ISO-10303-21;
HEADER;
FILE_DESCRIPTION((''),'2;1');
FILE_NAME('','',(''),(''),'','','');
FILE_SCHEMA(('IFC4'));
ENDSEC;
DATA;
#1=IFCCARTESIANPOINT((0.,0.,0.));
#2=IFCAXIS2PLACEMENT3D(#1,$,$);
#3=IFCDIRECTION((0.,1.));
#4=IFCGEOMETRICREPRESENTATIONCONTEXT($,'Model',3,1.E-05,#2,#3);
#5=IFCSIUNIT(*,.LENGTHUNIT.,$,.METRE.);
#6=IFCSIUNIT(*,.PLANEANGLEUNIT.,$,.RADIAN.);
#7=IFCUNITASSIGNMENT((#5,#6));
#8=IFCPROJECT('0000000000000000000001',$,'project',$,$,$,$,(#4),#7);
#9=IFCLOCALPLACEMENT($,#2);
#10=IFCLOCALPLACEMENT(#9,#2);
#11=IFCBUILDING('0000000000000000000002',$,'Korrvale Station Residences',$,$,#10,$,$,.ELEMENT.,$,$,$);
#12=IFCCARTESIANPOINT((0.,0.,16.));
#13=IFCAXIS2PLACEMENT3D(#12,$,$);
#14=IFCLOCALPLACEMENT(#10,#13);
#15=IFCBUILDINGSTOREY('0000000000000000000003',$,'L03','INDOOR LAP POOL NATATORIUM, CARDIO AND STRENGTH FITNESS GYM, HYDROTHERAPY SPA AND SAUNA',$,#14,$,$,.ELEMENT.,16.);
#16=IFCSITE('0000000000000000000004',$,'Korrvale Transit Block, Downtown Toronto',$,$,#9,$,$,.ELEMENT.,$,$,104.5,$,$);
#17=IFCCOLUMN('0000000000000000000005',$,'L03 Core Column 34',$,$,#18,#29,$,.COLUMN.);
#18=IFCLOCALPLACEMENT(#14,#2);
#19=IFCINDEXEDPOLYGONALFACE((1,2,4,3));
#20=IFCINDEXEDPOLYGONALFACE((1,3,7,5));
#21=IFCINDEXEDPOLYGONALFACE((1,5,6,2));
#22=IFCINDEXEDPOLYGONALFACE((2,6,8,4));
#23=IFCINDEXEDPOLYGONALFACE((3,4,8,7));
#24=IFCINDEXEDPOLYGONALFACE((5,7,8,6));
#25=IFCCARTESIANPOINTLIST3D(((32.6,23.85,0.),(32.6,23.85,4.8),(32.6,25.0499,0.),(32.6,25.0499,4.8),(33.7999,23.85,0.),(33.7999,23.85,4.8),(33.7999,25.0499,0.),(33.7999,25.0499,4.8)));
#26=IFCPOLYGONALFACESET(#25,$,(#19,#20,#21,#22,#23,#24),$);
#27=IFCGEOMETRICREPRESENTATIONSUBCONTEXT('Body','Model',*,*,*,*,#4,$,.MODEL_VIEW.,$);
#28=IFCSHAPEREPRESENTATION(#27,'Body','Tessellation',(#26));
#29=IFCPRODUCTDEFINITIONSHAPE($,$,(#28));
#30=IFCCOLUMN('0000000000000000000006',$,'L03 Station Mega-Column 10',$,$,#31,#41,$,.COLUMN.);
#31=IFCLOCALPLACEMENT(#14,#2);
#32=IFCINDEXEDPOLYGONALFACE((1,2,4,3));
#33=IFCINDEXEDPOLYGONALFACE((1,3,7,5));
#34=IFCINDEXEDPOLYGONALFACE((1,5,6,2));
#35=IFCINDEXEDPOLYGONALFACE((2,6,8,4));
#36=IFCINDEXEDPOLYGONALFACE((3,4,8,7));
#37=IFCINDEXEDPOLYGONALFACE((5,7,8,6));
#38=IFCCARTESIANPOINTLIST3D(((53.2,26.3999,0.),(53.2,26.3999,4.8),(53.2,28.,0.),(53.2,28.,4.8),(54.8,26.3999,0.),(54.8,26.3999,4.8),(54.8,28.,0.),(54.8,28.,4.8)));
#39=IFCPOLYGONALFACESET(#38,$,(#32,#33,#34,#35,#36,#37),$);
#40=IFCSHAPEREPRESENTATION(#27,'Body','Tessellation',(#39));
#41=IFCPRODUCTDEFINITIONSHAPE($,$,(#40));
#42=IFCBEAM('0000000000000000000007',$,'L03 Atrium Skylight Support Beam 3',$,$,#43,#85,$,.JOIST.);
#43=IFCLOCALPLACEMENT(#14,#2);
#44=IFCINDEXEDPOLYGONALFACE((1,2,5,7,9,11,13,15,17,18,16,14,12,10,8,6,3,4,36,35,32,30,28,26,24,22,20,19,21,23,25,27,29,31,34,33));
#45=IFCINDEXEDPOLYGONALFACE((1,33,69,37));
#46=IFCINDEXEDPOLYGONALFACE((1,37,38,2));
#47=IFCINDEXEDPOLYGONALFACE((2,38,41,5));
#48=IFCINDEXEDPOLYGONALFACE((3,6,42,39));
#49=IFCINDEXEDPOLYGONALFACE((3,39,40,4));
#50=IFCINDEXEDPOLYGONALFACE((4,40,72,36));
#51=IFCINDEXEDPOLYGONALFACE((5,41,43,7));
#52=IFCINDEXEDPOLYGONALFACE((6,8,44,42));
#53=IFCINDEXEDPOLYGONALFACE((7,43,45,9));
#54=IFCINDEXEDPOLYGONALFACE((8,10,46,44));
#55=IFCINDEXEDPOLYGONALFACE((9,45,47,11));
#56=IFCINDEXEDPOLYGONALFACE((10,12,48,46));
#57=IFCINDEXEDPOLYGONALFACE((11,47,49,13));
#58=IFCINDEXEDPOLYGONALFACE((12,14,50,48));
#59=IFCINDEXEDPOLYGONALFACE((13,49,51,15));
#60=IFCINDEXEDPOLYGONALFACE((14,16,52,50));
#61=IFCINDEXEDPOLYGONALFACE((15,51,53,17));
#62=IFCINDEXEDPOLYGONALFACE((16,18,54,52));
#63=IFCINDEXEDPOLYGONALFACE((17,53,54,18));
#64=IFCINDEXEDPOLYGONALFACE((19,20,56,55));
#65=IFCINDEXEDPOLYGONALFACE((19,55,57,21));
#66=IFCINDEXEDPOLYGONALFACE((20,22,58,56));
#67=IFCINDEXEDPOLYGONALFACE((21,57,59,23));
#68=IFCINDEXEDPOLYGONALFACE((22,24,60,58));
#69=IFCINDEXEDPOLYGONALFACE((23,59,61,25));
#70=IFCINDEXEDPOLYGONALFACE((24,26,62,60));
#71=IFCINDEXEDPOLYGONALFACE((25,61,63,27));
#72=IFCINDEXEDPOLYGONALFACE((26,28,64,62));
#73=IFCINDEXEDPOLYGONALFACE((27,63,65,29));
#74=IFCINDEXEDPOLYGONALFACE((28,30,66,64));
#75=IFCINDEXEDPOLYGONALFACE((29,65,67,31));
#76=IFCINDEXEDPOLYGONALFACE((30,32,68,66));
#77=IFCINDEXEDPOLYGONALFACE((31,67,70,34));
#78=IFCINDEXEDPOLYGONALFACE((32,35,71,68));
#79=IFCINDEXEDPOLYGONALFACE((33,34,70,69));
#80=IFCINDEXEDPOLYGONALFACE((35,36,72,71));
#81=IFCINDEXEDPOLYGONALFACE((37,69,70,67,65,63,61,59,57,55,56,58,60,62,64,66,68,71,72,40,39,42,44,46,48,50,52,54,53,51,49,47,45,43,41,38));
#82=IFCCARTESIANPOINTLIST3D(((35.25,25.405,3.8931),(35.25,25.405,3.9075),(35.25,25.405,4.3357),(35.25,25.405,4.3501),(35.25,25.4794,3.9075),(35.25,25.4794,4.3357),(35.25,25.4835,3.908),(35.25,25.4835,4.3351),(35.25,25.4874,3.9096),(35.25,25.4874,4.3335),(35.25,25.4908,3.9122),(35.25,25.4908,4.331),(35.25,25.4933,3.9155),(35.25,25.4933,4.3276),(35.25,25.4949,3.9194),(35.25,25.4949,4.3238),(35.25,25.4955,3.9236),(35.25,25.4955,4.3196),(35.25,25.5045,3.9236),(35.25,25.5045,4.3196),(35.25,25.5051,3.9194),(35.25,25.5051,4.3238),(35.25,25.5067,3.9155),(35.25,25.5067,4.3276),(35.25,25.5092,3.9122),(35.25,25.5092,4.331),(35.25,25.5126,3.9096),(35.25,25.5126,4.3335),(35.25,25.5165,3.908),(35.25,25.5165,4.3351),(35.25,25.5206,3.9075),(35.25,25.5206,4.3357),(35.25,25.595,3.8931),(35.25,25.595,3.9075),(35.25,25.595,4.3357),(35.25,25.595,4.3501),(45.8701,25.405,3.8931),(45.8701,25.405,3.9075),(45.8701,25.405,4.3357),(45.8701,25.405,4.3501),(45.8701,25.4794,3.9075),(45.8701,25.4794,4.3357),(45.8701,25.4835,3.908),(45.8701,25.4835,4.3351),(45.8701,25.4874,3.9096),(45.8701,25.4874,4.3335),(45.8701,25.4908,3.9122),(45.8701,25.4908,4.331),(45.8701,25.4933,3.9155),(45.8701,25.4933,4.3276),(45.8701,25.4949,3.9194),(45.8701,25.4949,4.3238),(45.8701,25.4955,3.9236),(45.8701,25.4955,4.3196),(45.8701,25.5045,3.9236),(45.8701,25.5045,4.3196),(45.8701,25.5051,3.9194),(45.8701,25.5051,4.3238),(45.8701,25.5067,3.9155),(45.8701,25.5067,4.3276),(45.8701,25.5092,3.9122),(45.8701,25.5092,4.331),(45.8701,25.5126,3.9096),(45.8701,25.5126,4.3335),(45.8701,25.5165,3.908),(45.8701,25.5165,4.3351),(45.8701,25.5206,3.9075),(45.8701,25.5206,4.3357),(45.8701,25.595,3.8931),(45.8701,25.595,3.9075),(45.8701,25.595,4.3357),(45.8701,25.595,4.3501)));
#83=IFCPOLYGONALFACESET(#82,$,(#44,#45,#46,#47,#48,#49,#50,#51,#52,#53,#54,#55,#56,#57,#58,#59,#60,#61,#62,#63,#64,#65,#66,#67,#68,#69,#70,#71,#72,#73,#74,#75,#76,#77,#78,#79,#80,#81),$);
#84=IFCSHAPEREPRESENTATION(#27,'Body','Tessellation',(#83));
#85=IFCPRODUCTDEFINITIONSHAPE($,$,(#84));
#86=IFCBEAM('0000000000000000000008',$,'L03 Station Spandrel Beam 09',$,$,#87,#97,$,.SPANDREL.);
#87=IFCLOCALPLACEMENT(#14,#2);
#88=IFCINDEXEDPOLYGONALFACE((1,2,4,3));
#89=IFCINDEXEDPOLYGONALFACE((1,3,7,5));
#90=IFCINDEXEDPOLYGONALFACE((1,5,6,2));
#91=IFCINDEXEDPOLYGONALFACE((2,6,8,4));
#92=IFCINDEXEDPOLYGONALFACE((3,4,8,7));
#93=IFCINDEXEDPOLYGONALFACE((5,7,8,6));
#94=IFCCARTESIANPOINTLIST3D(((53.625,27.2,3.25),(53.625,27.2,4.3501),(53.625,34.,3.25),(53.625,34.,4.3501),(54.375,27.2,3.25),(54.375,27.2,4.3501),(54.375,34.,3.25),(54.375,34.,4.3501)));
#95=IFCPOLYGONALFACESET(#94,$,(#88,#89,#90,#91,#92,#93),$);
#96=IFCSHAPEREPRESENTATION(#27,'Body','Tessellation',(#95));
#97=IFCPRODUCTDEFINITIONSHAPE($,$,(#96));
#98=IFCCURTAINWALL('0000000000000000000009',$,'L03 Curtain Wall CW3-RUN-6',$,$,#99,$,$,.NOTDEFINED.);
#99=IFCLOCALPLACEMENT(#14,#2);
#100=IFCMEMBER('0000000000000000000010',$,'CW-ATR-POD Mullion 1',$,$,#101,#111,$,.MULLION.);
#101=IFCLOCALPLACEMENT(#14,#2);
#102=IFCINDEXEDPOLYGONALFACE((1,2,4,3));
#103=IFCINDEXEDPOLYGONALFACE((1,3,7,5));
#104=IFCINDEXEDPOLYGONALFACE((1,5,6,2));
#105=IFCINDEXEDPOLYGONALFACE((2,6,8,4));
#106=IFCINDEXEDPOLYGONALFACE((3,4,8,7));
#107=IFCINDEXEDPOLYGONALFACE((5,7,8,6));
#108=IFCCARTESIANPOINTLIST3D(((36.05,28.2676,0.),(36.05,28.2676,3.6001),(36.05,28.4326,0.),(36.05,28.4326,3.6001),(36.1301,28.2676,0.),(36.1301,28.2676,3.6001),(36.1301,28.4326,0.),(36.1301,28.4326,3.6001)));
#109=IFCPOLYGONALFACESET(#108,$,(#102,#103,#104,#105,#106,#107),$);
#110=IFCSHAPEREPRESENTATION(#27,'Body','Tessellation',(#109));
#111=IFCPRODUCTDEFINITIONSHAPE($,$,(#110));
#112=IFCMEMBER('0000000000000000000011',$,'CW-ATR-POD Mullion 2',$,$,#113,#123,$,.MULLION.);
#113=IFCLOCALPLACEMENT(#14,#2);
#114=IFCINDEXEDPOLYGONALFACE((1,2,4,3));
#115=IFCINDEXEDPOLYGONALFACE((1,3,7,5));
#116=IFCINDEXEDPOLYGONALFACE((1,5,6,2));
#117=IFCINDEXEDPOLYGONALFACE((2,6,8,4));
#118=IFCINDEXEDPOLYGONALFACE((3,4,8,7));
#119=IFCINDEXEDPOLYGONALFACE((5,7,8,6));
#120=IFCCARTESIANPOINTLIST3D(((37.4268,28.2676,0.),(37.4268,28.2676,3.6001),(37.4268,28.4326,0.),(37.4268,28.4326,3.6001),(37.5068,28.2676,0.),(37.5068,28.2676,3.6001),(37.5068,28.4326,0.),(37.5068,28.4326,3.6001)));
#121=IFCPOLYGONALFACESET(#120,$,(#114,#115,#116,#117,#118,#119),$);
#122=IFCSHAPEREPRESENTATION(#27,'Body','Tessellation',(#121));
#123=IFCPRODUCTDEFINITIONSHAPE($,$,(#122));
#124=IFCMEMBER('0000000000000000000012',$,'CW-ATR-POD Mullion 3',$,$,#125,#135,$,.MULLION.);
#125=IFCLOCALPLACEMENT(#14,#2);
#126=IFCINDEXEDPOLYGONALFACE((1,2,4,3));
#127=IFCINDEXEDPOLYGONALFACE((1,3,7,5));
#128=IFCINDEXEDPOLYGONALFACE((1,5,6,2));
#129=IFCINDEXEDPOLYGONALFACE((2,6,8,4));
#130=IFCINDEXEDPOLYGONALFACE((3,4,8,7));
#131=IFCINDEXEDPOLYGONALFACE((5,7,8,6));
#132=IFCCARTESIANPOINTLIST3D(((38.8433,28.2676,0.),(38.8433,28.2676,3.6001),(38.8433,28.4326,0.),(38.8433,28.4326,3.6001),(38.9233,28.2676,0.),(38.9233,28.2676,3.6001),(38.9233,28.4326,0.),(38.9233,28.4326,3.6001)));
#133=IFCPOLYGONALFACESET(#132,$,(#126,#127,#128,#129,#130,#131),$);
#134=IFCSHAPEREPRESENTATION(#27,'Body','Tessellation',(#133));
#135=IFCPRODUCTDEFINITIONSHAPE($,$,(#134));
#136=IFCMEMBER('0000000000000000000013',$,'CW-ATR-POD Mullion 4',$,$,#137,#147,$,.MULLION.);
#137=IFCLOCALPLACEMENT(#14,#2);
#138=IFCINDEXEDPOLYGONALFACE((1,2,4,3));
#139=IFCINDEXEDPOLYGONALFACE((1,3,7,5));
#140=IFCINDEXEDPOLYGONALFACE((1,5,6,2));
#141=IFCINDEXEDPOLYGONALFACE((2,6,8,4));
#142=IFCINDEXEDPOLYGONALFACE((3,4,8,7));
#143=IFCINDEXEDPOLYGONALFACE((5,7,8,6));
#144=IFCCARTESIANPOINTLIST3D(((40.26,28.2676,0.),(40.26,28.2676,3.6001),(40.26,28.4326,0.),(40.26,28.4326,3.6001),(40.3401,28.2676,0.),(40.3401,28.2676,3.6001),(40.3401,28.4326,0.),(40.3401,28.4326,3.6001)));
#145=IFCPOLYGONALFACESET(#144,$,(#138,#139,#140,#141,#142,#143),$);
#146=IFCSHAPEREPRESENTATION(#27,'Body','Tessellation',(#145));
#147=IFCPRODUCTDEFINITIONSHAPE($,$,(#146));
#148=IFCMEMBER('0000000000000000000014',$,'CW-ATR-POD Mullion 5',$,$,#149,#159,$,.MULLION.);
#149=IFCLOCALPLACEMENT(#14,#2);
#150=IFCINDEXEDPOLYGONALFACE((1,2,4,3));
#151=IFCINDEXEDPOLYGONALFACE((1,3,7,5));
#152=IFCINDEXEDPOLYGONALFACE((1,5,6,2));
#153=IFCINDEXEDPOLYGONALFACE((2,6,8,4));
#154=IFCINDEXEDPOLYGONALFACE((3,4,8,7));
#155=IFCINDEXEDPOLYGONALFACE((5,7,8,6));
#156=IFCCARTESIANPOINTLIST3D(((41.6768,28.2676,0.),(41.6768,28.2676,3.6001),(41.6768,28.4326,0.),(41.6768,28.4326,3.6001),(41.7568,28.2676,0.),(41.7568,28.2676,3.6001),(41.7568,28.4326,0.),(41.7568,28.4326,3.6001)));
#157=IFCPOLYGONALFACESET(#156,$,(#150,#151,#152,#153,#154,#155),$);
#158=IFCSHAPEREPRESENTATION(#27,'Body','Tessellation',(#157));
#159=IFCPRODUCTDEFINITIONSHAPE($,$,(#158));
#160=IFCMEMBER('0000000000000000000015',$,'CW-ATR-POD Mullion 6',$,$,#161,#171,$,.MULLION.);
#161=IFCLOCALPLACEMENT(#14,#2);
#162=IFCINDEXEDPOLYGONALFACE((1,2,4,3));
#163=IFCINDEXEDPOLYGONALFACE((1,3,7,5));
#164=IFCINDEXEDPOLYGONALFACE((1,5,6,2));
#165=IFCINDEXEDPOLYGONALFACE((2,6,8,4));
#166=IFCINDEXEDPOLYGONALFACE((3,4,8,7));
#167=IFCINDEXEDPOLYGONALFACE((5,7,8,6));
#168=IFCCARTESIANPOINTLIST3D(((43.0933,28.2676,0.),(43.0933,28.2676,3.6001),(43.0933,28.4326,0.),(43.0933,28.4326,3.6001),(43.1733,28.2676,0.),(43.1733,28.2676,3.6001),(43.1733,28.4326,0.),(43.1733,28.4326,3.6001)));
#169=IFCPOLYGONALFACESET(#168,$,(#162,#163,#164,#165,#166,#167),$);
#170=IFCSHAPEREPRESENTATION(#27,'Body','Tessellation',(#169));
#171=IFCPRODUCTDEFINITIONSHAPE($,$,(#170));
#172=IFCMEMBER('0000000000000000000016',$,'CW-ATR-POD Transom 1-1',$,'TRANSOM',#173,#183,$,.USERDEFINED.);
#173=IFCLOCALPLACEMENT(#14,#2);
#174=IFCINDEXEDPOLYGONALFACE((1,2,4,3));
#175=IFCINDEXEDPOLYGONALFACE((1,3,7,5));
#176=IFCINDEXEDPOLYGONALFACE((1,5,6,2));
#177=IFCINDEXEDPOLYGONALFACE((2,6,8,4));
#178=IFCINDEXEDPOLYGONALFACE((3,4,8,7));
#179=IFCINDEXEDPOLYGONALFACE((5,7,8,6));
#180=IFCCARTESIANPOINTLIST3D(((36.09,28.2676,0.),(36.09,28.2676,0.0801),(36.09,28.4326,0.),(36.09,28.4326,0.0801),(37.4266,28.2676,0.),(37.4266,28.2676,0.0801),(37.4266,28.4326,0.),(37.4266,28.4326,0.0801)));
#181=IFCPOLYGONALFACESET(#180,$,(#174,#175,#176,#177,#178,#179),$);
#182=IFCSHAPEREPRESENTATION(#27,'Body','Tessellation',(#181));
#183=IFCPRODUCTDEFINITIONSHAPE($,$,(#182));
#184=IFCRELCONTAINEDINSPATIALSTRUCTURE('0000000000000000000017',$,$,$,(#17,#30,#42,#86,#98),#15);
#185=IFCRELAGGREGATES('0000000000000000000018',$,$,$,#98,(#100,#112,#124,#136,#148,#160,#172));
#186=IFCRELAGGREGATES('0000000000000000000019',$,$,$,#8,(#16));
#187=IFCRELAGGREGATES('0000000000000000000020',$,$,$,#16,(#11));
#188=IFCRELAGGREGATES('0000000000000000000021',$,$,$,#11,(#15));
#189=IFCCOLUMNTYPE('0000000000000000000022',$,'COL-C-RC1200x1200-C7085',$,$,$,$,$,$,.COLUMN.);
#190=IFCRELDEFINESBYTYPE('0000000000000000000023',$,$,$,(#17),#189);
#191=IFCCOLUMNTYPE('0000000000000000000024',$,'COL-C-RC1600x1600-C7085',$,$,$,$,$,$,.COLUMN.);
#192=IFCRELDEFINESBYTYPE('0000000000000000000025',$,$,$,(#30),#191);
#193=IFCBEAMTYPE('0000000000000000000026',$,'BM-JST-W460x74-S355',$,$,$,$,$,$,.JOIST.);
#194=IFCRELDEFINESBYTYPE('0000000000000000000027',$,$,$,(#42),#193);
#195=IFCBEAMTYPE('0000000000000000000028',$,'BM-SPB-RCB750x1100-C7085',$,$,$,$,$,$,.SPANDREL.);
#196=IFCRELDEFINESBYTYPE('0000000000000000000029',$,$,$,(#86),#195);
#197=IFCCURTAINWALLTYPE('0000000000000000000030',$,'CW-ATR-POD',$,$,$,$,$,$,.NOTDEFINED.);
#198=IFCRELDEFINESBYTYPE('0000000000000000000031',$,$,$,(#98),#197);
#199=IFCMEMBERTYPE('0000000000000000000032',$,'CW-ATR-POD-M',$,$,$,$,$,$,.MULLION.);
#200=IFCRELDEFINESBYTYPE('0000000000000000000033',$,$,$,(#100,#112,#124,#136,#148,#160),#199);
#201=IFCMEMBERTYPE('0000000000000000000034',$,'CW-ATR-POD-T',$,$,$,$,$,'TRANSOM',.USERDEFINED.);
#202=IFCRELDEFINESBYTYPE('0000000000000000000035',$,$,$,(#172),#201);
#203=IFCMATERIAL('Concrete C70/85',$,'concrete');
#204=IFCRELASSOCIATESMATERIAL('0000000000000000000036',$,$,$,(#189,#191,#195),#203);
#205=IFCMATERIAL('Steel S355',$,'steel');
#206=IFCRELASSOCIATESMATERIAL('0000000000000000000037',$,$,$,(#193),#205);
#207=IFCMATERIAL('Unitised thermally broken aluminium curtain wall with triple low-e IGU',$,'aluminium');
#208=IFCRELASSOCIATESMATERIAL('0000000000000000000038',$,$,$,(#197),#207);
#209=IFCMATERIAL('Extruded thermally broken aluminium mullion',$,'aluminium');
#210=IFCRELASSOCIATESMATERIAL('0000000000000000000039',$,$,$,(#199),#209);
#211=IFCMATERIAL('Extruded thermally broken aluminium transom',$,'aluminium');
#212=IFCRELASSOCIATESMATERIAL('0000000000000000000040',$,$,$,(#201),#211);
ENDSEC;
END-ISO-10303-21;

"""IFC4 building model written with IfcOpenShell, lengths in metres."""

from ifc_helpers import new_model, si_unit, direction, frame, origin, origin_2d, place, context, subcontext, project, spatial, rectangle, i_section, extrude, material, material_profile, profile_set, type_object, element, aggregate, save


model = new_model("IFC4")

# Units and contexts
model_context = context("Model", 3, precision=1e-05, world=origin(), true_north=direction((0.0, 1.0)))
body_context = subcontext(model_context, "Body", "Model", "MODEL_VIEW")
ifc_project = project(units=[si_unit("LENGTHUNIT", "METRE"), si_unit("PLANEANGLEUNIT", "RADIAN")], contexts=[model_context])

# Site, building, storey
site_placement = place(None, origin())
site = spatial("IfcSite", under=ifc_project, at=site_placement, Name="Korrvale Transit Block, Downtown Toronto", CompositionType="ELEMENT", RefElevation=104.5)
building_placement = place(site_placement, origin())
building = spatial("IfcBuilding", under=site, at=building_placement, Name="Korrvale Station Residences", CompositionType="ELEMENT")
storey_placement = place(building_placement, frame((0.0, 0.0, 16.0)))
storey = spatial("IfcBuildingStorey", under=building, at=storey_placement, Name="L03", Description="INDOOR LAP POOL NATATORIUM, CARDIO AND STRENGTH FITNESS GYM, HYDROTHERAPY SPA AND SAUNA", CompositionType="ELEMENT", Elevation=16.0)

# Columns
ifc_material_1 = material(Name="Concrete C70/85", Category="concrete")
ifc_material_profile_1 = material_profile(ifc_material_1, rectangle(XDim=1.2, YDim=1.2, at=origin_2d()), Name="RC1200x1200")
ifc_profile_set_1 = profile_set([ifc_material_profile_1], Name="Concrete C70/85")
column_type_1 = type_object("IfcColumnType", Name="COL-C-RC1200x1200-C7085", PredefinedType="COLUMN", material=ifc_profile_set_1)
column_1_placement = place(storey_placement, frame((33.2, 24.45, 0.0), z_axis=(0.0, 0.0, 1.0), x_axis=(1.0, 0.0, 0.0)))
element("IfcColumn", 1, at=column_1_placement, inside=storey, type_object=column_type_1, Name="L03 Core Column 34", PredefinedType="COLUMN", context=body_context, shape_type="SweptSolid", body=[
    extrude(rectangle(XDim=1.2, YDim=1.2, at=origin_2d()), origin(), (0.0, 0.0, 1.0), 4.8),
])
ifc_material_profile_2 = material_profile(ifc_material_1, rectangle(XDim=1.6001, YDim=1.6001, at=origin_2d()), Name="RC1600x1600")
ifc_profile_set_2 = profile_set([ifc_material_profile_2], Name="Concrete C70/85")
column_type_2 = type_object("IfcColumnType", Name="COL-C-RC1600x1600-C7085", PredefinedType="COLUMN", material=ifc_profile_set_2)
column_2_placement = place(storey_placement, frame((54.0, 27.2, 0.0), z_axis=(0.0, 0.0, 1.0), x_axis=(1.0, 0.0, 0.0)))
element("IfcColumn", 2, at=column_2_placement, inside=storey, type_object=column_type_2, Name="L03 Station Mega-Column 10", PredefinedType="COLUMN", context=body_context, shape_type="SweptSolid", body=[
    extrude(rectangle(XDim=1.6001, YDim=1.6001, at=origin_2d()), origin(), (0.0, 0.0, 1.0), 4.8),
])

# Beams
ifc_material_2 = material(Name="Steel S355", Category="steel")
ifc_material_profile_3 = material_profile(ifc_material_2, i_section(OverallWidth=0.1899, OverallDepth=0.457, WebThickness=0.009, FlangeThickness=0.0144, FilletRadius=0.0161, at=origin_2d()), Name="W460x74")
ifc_profile_set_3 = profile_set([ifc_material_profile_3], Name="Steel S355")
beam_type_1 = type_object("IfcBeamType", Name="BM-JST-W460x74-S355", PredefinedType="JOIST", material=ifc_profile_set_3)
beam_1_placement = place(storey_placement, frame((35.25, 25.5, 4.1216), z_axis=(1.0, 0.0, 0.0), x_axis=(0.0, 1.0, 0.0)))
element("IfcBeam", 3, at=beam_1_placement, inside=storey, type_object=beam_type_1, Name="L03 Atrium Skylight Support Beam 3", PredefinedType="JOIST", context=body_context, shape_type="SweptSolid", body=[
    extrude(i_section(OverallWidth=0.1899, OverallDepth=0.457, WebThickness=0.009, FlangeThickness=0.0144, FilletRadius=0.0161, at=origin_2d()), origin(), (0.0, 0.0, 1.0), 10.6201),
])
ifc_material_profile_4 = material_profile(ifc_material_1, rectangle(XDim=0.75, YDim=1.1001, at=origin_2d()), Name="RCB750x1100")
ifc_profile_set_4 = profile_set([ifc_material_profile_4], Name="Concrete C70/85")
beam_type_2 = type_object("IfcBeamType", Name="BM-SPB-RCB750x1100-C7085", PredefinedType="SPANDREL", material=ifc_profile_set_4)
beam_2_placement = place(storey_placement, frame((54.0, 27.2, 3.8), z_axis=(0.0, 1.0, 0.0), x_axis=(-1.0, 0.0, 0.0)))
element("IfcBeam", 4, at=beam_2_placement, inside=storey, type_object=beam_type_2, Name="L03 Station Spandrel Beam 09", PredefinedType="SPANDREL", context=body_context, shape_type="SweptSolid", body=[
    extrude(rectangle(XDim=0.75, YDim=1.1001, at=origin_2d()), origin(), (0.0, 0.0, 1.0), 6.8),
])

# Curtain wall, members
ifc_material_3 = material(Name="Unitised thermally broken aluminium curtain wall with triple low-e IGU", Category="aluminium")
curtain_wall_type = type_object("IfcCurtainWallType", Name="CW-ATR-POD", PredefinedType="NOTDEFINED", material=ifc_material_3)
curtain_wall_placement = place(storey_placement, origin())
curtain_wall = element("IfcCurtainWall", 5, at=curtain_wall_placement, inside=storey, type_object=curtain_wall_type, Name="L03 Curtain Wall CW3-RUN-6", PredefinedType="NOTDEFINED")
ifc_material_4 = material(Name="Extruded thermally broken aluminium mullion", Category="aluminium")
member_type_1 = type_object("IfcMemberType", Name="CW-ATR-POD-M", PredefinedType="MULLION", material=ifc_material_4)
member_1_placement = place(storey_placement, frame((36.0901, 28.3501, 0.0), z_axis=(0.0, 0.0, 1.0), x_axis=(1.0, 0.0, 0.0)))
member_1 = element("IfcMember", 6, at=member_1_placement, type_object=member_type_1, Name="CW-ATR-POD Mullion 1", PredefinedType="MULLION", context=body_context, shape_type="SweptSolid", body=[
    extrude(rectangle(XDim=0.0801, YDim=0.165, at=origin_2d()), origin(), (0.0, 0.0, 1.0), 3.6001),
])
member_2_placement = place(storey_placement, frame((37.4668, 28.3501, 0.0), z_axis=(0.0, 0.0, 1.0), x_axis=(1.0, 0.0, 0.0)))
member_2 = element("IfcMember", 7, at=member_2_placement, type_object=member_type_1, Name="CW-ATR-POD Mullion 2", PredefinedType="MULLION", context=body_context, shape_type="SweptSolid", body=[
    extrude(rectangle(XDim=0.0801, YDim=0.165, at=origin_2d()), origin(), (0.0, 0.0, 1.0), 3.6001),
])
member_3_placement = place(storey_placement, frame((38.8833, 28.3501, 0.0), z_axis=(0.0, 0.0, 1.0), x_axis=(1.0, 0.0, 0.0)))
member_3 = element("IfcMember", 8, at=member_3_placement, type_object=member_type_1, Name="CW-ATR-POD Mullion 3", PredefinedType="MULLION", context=body_context, shape_type="SweptSolid", body=[
    extrude(rectangle(XDim=0.0801, YDim=0.165, at=origin_2d()), origin(), (0.0, 0.0, 1.0), 3.6001),
])
member_4_placement = place(storey_placement, frame((40.3, 28.3501, 0.0), z_axis=(0.0, 0.0, 1.0), x_axis=(1.0, 0.0, 0.0)))
member_4 = element("IfcMember", 9, at=member_4_placement, type_object=member_type_1, Name="CW-ATR-POD Mullion 4", PredefinedType="MULLION", context=body_context, shape_type="SweptSolid", body=[
    extrude(rectangle(XDim=0.0801, YDim=0.165, at=origin_2d()), origin(), (0.0, 0.0, 1.0), 3.6001),
])
member_5_placement = place(storey_placement, frame((41.7168, 28.3501, 0.0), z_axis=(0.0, 0.0, 1.0), x_axis=(1.0, 0.0, 0.0)))
member_5 = element("IfcMember", 10, at=member_5_placement, type_object=member_type_1, Name="CW-ATR-POD Mullion 5", PredefinedType="MULLION", context=body_context, shape_type="SweptSolid", body=[
    extrude(rectangle(XDim=0.0801, YDim=0.165, at=origin_2d()), origin(), (0.0, 0.0, 1.0), 3.6001),
])
member_6_placement = place(storey_placement, frame((43.1333, 28.3501, 0.0), z_axis=(0.0, 0.0, 1.0), x_axis=(1.0, 0.0, 0.0)))
member_6 = element("IfcMember", 11, at=member_6_placement, type_object=member_type_1, Name="CW-ATR-POD Mullion 6", PredefinedType="MULLION", context=body_context, shape_type="SweptSolid", body=[
    extrude(rectangle(XDim=0.0801, YDim=0.165, at=origin_2d()), origin(), (0.0, 0.0, 1.0), 3.6001),
])
ifc_material_5 = material(Name="Extruded thermally broken aluminium transom", Category="aluminium")
member_type_2 = type_object("IfcMemberType", Name="CW-ATR-POD-T", ElementType="TRANSOM", PredefinedType="USERDEFINED", material=ifc_material_5)
member_7_placement = place(storey_placement, frame((36.7583, 28.3501, 0.0), z_axis=(0.0, 0.0, 1.0), x_axis=(1.0, 0.0, 0.0)))
member_7 = element("IfcMember", 12, at=member_7_placement, type_object=member_type_2, Name="CW-ATR-POD Transom 1-1", ObjectType="TRANSOM", PredefinedType="USERDEFINED", context=body_context, shape_type="SweptSolid", body=[
    extrude(rectangle(XDim=1.3367, YDim=0.165, at=origin_2d()), origin(), (0.0, 0.0, 1.0), 0.0801),
])

aggregate(curtain_wall, [member_1, member_2, member_3, member_4, member_5, member_6, member_7])

save(model, "model.ifc")
